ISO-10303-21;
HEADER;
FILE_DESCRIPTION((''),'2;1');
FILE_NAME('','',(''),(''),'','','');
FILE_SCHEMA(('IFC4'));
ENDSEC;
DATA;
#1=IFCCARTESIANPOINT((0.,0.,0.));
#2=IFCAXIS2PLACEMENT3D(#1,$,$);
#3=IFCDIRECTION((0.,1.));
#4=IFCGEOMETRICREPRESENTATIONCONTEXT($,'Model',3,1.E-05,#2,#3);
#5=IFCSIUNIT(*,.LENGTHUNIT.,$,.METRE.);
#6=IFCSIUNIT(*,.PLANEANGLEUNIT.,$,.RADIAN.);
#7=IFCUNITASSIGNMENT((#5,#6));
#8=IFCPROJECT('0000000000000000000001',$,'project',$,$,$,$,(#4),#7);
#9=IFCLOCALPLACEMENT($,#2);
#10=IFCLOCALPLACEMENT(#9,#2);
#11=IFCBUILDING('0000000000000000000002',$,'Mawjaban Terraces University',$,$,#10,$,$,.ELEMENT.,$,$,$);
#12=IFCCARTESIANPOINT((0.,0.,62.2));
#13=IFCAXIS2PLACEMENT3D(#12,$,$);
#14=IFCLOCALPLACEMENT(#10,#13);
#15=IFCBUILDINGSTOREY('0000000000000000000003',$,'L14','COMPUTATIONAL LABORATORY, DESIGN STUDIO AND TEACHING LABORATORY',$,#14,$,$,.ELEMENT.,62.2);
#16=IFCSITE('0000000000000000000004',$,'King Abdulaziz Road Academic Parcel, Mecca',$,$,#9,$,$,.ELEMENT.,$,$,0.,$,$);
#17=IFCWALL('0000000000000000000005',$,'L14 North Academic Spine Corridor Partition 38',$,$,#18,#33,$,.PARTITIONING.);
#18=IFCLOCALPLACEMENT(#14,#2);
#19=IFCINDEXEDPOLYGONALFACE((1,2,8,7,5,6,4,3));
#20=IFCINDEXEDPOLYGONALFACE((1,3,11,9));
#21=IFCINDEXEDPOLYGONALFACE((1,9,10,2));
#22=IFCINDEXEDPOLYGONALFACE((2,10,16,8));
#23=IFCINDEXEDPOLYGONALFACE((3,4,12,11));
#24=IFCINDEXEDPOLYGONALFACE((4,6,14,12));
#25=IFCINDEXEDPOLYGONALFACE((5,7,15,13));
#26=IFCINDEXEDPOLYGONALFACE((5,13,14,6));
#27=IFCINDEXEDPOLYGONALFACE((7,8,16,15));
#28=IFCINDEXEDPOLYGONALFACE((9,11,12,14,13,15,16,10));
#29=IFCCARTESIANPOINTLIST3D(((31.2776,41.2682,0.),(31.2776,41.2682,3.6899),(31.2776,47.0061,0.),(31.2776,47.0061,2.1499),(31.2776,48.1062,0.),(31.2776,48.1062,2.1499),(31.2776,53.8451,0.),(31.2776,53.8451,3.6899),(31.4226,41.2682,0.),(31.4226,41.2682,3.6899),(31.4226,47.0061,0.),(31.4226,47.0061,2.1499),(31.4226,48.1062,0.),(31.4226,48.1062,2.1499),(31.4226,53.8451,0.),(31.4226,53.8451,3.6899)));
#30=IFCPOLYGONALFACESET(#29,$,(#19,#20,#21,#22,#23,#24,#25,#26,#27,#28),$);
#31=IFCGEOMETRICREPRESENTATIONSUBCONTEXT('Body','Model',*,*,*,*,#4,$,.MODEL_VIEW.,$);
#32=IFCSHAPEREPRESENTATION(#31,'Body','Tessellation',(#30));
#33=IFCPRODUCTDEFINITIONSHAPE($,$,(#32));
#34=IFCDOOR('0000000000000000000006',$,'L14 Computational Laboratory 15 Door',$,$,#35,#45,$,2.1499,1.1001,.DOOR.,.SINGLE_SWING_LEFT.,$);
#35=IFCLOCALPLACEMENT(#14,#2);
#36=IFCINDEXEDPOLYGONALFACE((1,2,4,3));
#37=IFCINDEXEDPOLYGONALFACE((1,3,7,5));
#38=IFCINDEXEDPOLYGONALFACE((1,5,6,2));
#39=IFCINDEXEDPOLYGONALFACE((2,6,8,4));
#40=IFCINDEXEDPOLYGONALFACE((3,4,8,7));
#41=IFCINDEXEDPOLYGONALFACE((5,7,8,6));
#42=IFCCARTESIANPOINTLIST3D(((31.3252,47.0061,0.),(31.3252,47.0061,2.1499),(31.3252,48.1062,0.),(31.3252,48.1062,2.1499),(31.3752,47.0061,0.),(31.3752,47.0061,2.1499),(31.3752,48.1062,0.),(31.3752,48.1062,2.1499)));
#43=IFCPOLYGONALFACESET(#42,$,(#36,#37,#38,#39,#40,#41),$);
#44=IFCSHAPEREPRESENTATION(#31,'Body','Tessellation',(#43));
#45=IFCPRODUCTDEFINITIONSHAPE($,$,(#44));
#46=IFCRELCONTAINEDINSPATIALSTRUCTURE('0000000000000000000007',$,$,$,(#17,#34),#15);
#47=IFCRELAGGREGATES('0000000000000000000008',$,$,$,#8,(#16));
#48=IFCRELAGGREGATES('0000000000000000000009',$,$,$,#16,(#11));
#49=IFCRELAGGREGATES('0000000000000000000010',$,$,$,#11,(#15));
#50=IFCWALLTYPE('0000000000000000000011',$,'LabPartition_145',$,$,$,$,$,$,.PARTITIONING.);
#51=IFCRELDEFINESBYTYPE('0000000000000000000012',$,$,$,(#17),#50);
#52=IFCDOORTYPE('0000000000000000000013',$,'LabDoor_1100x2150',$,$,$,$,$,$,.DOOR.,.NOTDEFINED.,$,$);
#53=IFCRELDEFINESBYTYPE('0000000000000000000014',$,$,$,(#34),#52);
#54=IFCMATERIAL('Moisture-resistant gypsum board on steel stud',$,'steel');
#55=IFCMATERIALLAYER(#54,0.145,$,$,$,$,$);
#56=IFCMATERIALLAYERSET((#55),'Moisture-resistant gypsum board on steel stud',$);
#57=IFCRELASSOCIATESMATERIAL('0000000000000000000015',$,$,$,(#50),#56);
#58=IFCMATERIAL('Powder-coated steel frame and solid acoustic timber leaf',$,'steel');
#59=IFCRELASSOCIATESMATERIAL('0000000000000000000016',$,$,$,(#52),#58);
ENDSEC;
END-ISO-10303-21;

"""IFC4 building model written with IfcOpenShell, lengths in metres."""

from ifc_helpers import new_model, si_unit, direction, frame, frame_2d, origin, place, context, subcontext, project, spatial, rectangle, extrude, material, layer, layer_set, type_object, element, fill, save


model = new_model("IFC4")

# Units and contexts
model_context = context("Model", 3, precision=1e-05, world=origin(), true_north=direction((0.0, 1.0)))
body_context = subcontext(model_context, "Body", "Model", "MODEL_VIEW")
ifc_project = project(units=[si_unit("LENGTHUNIT", "METRE"), si_unit("PLANEANGLEUNIT", "RADIAN")], contexts=[model_context])

# Site, building, storey
site_placement = place(None, origin())
site = spatial("IfcSite", under=ifc_project, at=site_placement, Name="King Abdulaziz Road Academic Parcel, Mecca", CompositionType="ELEMENT", RefElevation=0.0)
building_placement = place(site_placement, origin())
building = spatial("IfcBuilding", under=site, at=building_placement, Name="Mawjaban Terraces University", CompositionType="ELEMENT")
storey_placement = place(building_placement, frame((0.0, 0.0, 62.2)))
storey = spatial("IfcBuildingStorey", under=building, at=storey_placement, Name="L14", Description="COMPUTATIONAL LABORATORY, DESIGN STUDIO AND TEACHING LABORATORY", CompositionType="ELEMENT", Elevation=62.2)

# Shared definitions
ifc_material_1 = material(Name="Powder-coated steel frame and solid acoustic timber leaf", Category="steel")

# Wall, opening, door
ifc_material_2 = material(Name="Moisture-resistant gypsum board on steel stud", Category="steel")
ifc_layer_1 = layer(ifc_material_2, 0.145)
ifc_layer_set_1 = layer_set([ifc_layer_1], Name="Moisture-resistant gypsum board on steel stud")
wall_type_1 = type_object("IfcWallType", Name="LabPartition_145", PredefinedType="PARTITIONING", material=ifc_layer_set_1)
wall_1_placement = place(storey_placement, frame((31.3501, 41.2681, 0.0), z_axis=(0.0, 0.0, 1.0), x_axis=(0.0, 1.0, 0.0)))
wall_1 = element("IfcWall", 1, at=wall_1_placement, inside=storey, type_object=wall_type_1, Name="L14 North Academic Spine Corridor Partition 38", PredefinedType="PARTITIONING", context=body_context, shape_type="SweptSolid", body=[
    extrude(rectangle(XDim=12.5769, YDim=0.145, at=frame_2d((6.2886, 0.0))), origin(), (0.0, 0.0, 1.0), 3.6899),
])
opening_1_placement = place(wall_1_placement, frame((5.738, 0.0, 0.0)))
opening_1 = element("IfcOpeningElement", 2, at=opening_1_placement, cuts=wall_1, PredefinedType="OPENING", context=body_context, shape_type="SweptSolid", body=[
    extrude(rectangle(XDim=1.1001, YDim=2.1499, at=frame_2d((0.55, 1.075))), frame((0.0, 0.0825, 0.0), z_axis=(0.0, -1.0, 0.0), x_axis=(1.0, 0.0, 0.0)), (0.0, 0.0, 1.0), 0.165),
])
door_type_1 = type_object("IfcDoorType", Name="LabDoor_1100x2150", OperationType="NOTDEFINED", PredefinedType="DOOR", material=ifc_material_1)
door_1_placement = place(opening_1_placement, origin())
door_1 = element("IfcDoor", 3, at=door_1_placement, inside=storey, type_object=door_type_1, Name="L14 Computational Laboratory 15 Door", OperationType="SINGLE_SWING_LEFT", OverallHeight=2.1499, OverallWidth=1.1001, PredefinedType="DOOR", context=body_context, shape_type="SweptSolid", body=[
    extrude(rectangle(XDim=1.1001, YDim=2.1499, at=frame_2d((0.55, 1.075))), frame((0.0, 0.0249, 0.0), z_axis=(0.0, -1.0, 0.0), x_axis=(1.0, 0.0, 0.0)), (0.0, 0.0, 1.0), 0.05),
])
fill(opening_1, door_1)

save(model, "model.ifc")
